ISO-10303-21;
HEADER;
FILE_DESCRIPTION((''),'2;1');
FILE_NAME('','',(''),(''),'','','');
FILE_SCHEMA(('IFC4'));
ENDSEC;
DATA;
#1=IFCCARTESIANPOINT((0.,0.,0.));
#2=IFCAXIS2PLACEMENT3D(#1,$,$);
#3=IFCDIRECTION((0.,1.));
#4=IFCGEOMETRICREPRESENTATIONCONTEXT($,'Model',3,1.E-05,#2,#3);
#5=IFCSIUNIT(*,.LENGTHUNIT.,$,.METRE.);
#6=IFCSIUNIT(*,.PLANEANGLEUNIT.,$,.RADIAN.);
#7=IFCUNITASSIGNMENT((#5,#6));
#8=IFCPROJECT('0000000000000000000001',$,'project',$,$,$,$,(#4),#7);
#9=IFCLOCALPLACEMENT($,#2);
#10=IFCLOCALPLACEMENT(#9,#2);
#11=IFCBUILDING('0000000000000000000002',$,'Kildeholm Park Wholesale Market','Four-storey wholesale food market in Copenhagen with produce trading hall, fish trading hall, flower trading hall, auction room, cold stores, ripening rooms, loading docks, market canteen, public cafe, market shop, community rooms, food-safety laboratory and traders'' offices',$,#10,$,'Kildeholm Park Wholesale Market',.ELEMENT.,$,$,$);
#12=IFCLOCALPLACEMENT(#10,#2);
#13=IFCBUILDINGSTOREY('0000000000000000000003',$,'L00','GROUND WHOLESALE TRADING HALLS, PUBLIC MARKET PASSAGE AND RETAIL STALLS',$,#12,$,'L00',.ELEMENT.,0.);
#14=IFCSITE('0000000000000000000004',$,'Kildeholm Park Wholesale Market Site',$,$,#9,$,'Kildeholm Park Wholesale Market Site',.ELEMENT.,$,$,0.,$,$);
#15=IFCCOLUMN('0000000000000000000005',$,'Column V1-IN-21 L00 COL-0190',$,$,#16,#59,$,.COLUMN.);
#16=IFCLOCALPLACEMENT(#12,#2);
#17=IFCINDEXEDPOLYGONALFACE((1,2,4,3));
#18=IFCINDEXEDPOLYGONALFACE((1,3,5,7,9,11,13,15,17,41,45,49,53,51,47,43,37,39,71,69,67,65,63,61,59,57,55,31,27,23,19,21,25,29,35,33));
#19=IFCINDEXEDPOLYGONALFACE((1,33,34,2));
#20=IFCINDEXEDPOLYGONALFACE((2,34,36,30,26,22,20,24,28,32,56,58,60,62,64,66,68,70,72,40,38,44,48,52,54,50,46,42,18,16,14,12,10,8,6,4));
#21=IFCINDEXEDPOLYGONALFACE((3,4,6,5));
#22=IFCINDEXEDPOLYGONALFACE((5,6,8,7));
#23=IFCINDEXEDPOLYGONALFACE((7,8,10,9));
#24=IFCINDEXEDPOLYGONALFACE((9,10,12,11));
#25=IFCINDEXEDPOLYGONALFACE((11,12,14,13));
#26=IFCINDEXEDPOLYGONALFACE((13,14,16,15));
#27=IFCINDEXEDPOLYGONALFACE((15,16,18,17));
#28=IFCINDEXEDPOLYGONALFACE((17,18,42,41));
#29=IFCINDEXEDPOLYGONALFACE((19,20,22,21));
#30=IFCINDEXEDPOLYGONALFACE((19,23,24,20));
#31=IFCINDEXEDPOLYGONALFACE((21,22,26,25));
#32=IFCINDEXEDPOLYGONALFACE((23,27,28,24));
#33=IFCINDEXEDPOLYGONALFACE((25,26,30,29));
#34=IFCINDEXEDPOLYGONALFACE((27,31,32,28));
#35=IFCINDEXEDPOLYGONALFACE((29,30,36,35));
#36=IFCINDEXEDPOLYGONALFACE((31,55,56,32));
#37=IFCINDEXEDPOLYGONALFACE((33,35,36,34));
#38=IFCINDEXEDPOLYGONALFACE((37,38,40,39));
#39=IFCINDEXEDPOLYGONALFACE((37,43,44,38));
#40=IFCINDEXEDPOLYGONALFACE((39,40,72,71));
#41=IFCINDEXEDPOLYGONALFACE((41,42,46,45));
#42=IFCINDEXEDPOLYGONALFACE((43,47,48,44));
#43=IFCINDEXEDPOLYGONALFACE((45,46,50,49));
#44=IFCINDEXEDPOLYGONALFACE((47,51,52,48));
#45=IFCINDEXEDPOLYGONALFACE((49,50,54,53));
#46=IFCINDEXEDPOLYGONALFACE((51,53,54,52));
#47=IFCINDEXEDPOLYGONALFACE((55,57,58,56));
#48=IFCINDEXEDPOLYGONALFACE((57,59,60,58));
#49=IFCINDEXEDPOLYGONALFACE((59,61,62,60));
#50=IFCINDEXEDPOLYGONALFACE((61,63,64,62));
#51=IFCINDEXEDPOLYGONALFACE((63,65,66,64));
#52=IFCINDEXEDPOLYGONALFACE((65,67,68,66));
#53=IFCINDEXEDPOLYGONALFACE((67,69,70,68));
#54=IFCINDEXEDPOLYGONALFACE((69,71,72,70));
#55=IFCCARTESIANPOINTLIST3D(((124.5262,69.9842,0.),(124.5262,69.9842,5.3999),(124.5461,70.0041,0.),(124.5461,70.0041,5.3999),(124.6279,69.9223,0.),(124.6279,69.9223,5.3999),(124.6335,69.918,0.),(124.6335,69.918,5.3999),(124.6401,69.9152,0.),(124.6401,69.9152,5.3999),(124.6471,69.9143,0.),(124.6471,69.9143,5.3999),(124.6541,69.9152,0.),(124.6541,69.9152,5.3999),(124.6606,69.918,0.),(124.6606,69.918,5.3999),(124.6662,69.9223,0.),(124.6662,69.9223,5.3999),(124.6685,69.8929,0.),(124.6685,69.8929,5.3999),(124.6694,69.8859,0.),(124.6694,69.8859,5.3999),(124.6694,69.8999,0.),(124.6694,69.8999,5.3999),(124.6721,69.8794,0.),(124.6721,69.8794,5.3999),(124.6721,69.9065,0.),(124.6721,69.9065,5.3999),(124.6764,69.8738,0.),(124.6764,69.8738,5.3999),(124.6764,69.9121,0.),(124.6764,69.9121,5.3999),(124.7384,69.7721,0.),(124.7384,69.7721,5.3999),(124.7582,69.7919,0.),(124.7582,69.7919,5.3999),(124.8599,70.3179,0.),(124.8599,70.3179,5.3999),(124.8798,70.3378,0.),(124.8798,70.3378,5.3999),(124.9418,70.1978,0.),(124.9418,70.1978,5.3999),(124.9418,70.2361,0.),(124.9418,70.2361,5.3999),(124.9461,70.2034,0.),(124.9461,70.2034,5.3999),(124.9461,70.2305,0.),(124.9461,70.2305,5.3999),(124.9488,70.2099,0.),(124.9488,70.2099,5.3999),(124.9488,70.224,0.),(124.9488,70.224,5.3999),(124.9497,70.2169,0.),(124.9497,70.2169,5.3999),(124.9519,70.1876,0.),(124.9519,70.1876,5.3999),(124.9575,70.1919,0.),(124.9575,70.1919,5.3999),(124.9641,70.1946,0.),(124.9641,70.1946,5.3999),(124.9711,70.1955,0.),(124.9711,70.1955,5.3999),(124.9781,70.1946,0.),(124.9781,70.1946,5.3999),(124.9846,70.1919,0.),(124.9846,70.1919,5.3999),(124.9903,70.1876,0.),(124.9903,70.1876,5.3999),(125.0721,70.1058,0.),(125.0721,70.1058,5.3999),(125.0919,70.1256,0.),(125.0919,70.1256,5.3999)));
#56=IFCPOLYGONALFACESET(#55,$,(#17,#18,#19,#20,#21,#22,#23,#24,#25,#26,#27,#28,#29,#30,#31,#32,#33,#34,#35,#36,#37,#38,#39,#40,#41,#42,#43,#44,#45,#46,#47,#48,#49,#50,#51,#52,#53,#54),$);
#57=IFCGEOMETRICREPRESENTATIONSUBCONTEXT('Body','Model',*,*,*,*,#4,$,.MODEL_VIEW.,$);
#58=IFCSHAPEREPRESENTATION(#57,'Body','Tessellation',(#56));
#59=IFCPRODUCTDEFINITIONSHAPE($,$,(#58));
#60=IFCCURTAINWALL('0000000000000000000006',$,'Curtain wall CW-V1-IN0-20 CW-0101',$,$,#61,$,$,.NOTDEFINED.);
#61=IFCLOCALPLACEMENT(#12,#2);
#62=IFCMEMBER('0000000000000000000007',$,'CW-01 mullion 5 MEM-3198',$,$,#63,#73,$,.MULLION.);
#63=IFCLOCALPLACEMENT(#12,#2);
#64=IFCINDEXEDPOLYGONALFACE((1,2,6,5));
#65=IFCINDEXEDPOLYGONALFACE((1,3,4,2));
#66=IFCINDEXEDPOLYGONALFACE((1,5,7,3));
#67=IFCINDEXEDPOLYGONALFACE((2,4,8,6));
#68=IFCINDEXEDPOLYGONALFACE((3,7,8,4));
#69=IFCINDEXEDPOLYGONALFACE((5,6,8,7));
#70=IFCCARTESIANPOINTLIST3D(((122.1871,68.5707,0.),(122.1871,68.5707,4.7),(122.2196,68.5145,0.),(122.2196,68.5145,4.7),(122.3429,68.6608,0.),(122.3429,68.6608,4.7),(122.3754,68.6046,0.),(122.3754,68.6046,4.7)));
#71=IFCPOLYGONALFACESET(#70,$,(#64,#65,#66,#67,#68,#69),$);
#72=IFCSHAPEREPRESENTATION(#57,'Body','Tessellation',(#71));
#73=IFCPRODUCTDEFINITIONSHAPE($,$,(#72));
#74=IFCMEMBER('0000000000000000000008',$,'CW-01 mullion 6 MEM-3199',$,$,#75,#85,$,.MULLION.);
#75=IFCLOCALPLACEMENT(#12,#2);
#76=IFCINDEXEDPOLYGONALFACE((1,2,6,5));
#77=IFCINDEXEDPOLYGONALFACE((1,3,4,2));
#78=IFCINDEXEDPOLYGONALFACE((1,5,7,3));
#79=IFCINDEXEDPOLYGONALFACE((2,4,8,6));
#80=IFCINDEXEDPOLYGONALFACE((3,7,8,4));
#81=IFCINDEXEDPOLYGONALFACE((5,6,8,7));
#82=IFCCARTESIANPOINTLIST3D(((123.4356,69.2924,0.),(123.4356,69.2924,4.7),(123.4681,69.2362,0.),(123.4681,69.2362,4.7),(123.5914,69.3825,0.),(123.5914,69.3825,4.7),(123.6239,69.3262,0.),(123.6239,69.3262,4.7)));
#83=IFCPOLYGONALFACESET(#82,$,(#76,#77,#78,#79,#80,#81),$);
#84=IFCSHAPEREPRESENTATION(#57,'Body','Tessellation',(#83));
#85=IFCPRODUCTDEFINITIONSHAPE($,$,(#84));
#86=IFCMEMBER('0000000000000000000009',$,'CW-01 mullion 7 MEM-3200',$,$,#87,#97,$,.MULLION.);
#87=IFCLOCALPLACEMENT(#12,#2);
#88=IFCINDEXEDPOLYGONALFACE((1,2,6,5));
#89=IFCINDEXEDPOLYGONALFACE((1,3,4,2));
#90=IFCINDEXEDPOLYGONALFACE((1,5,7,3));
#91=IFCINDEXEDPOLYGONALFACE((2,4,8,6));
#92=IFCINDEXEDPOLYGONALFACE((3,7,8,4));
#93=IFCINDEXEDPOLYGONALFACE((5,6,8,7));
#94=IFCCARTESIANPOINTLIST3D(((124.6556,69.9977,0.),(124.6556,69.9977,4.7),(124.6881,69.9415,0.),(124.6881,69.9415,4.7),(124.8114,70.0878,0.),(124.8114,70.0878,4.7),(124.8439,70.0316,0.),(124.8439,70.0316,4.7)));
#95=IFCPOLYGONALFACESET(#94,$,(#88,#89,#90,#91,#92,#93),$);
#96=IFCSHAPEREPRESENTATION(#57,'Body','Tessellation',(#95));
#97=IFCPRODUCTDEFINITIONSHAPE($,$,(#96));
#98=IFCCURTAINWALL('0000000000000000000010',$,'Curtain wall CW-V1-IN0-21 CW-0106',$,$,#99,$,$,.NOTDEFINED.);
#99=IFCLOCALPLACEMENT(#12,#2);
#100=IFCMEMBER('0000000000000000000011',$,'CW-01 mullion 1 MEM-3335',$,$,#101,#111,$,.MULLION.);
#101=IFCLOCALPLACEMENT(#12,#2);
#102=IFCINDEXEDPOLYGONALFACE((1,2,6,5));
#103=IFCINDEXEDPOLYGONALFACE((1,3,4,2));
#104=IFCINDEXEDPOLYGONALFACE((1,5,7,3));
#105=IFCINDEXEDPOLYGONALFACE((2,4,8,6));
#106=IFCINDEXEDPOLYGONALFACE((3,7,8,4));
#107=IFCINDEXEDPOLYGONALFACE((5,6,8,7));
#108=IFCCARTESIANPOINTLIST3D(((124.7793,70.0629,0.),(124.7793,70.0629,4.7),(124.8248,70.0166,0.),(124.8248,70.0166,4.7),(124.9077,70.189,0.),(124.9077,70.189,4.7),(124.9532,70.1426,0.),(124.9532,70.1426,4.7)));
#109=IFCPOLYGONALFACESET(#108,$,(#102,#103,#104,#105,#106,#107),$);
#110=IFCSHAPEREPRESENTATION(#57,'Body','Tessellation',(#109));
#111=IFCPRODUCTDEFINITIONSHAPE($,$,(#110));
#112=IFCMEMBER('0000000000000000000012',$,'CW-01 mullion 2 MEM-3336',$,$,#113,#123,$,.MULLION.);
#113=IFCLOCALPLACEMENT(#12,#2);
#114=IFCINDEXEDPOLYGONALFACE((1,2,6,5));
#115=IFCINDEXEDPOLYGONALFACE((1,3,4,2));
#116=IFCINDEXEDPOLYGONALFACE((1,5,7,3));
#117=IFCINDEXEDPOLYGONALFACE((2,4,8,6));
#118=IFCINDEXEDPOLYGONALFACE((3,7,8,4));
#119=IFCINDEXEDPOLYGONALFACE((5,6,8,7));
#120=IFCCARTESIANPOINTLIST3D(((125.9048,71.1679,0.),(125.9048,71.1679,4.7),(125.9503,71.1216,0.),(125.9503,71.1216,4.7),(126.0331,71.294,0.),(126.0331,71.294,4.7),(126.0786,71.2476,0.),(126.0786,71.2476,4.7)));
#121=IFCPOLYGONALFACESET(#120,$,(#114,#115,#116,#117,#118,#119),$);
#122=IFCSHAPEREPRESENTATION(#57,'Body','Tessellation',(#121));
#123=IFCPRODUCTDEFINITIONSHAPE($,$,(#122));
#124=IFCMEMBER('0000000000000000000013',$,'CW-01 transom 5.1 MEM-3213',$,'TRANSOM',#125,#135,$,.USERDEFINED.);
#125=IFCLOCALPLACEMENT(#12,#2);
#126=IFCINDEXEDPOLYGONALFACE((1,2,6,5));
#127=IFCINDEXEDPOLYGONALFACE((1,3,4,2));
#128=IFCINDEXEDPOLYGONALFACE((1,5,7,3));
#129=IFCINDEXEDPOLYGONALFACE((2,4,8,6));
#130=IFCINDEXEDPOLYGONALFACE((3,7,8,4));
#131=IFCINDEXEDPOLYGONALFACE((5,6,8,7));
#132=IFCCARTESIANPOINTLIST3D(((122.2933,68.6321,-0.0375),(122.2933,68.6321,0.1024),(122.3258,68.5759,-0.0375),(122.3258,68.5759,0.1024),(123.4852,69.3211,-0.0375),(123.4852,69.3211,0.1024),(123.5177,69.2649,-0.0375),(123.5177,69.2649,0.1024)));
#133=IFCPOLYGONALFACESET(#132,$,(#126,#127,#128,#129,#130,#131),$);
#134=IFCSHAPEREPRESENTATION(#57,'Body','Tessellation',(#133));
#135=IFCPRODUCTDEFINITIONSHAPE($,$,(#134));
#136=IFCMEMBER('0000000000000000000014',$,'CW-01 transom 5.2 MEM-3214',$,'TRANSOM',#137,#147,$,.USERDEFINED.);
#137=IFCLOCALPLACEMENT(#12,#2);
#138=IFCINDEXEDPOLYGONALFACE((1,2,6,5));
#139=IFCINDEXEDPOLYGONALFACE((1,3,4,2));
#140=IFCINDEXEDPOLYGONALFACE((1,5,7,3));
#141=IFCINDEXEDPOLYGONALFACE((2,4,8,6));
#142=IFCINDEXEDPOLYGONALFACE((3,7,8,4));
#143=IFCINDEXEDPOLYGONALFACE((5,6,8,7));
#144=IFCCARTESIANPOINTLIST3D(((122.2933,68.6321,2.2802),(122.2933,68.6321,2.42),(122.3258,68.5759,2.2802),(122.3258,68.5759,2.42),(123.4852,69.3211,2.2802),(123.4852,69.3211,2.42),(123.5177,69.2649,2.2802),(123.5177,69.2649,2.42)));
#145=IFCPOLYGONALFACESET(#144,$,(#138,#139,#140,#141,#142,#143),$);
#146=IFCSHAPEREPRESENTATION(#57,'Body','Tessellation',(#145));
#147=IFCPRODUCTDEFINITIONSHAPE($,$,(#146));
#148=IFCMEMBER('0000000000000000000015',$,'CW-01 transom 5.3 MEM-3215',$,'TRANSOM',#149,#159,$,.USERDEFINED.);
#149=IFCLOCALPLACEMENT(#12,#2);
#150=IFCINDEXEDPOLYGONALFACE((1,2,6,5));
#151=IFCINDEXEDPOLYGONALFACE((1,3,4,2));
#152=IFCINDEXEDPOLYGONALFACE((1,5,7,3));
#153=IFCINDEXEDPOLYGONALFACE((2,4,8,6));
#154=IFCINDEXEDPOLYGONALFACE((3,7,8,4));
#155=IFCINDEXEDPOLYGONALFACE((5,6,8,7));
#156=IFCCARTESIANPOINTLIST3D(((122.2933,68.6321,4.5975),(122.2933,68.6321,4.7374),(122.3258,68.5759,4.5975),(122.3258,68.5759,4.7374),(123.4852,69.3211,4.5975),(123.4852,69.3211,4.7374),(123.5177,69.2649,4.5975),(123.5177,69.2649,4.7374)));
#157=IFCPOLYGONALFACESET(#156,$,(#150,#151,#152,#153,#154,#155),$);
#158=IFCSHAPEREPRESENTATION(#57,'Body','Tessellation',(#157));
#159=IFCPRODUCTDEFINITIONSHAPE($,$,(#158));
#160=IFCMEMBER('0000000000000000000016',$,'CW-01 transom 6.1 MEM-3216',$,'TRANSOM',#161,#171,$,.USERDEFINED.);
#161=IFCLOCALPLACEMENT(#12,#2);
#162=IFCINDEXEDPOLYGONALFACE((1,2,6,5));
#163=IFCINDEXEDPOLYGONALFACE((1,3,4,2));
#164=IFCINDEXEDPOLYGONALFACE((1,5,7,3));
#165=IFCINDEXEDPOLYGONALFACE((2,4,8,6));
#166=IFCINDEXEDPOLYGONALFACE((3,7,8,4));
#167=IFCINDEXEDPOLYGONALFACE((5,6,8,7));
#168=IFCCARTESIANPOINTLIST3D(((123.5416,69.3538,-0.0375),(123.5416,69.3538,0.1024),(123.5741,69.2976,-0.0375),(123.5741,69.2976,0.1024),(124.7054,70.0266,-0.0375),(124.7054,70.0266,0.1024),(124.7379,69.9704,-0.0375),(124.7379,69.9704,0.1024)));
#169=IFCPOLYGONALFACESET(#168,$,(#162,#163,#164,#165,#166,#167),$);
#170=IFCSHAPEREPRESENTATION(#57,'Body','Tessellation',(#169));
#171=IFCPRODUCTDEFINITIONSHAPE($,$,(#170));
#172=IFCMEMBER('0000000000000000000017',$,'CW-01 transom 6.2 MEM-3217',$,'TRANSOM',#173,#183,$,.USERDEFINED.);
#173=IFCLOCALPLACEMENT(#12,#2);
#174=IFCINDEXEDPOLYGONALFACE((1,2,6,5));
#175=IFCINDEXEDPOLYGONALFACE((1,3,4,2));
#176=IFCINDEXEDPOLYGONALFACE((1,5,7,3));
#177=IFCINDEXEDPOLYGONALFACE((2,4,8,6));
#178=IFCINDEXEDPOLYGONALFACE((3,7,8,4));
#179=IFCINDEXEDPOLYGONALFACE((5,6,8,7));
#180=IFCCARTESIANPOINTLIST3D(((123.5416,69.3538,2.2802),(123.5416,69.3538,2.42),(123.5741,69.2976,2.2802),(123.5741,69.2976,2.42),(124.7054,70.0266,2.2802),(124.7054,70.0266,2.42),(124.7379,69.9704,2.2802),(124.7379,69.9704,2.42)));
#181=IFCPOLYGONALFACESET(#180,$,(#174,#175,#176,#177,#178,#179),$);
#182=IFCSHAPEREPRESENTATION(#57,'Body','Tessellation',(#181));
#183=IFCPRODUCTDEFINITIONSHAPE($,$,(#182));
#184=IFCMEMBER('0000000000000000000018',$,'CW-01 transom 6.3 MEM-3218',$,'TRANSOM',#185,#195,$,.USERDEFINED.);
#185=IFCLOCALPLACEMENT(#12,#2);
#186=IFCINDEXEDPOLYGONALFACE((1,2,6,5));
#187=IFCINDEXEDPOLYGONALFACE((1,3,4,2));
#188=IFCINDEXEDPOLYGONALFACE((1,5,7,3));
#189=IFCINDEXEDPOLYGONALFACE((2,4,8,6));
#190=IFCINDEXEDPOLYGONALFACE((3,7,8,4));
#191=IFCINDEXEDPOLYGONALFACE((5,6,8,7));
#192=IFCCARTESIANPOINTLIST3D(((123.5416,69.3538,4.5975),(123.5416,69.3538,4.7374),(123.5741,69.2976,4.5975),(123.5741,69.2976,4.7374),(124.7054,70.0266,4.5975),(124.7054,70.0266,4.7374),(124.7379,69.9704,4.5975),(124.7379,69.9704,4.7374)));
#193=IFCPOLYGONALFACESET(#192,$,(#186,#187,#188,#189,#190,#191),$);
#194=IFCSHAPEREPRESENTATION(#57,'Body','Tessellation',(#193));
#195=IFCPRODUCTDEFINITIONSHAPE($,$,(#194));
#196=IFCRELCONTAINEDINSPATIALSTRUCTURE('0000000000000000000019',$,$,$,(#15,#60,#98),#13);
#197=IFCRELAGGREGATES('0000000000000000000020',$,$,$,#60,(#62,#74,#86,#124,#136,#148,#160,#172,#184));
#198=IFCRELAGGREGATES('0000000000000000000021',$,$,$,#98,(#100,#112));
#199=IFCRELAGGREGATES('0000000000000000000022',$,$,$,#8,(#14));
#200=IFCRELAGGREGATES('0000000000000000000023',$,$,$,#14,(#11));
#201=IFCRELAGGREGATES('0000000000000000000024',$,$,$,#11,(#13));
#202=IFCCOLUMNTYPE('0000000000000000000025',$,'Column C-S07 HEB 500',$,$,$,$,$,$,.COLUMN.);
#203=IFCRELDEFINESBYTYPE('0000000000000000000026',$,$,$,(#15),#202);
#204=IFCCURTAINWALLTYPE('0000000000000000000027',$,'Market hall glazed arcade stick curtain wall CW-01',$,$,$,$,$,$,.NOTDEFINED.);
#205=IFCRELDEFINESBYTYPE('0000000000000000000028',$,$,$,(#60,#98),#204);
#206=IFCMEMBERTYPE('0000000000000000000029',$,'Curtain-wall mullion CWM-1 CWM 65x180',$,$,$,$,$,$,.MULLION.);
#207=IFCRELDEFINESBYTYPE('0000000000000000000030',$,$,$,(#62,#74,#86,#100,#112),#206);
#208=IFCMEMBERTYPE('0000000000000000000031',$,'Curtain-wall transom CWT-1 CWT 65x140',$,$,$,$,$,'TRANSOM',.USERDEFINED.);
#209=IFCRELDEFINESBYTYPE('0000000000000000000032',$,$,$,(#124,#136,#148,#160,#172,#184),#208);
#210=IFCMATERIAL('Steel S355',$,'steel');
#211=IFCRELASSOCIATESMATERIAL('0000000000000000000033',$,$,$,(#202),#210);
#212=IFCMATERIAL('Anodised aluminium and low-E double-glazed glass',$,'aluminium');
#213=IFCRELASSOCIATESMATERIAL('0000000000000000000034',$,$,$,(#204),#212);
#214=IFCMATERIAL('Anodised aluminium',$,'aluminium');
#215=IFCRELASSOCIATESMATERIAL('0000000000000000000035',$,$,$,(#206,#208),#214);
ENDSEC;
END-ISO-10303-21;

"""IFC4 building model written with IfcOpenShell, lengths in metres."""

from ifc_helpers import new_model, si_unit, direction, frame, origin, origin_2d, place, context, subcontext, project, spatial, rectangle, i_section, extrude, material, material_profile, profile_set, type_object, element, aggregate, save


model = new_model("IFC4")

# Units and contexts
model_context = context("Model", 3, precision=1e-05, world=origin(), true_north=direction((0.0, 1.0)))
body_context = subcontext(model_context, "Body", "Model", "MODEL_VIEW")
ifc_project = project(units=[si_unit("LENGTHUNIT", "METRE"), si_unit("PLANEANGLEUNIT", "RADIAN")], contexts=[model_context])

# Site, building, storey
site_placement = place(None, origin())
site = spatial("IfcSite", under=ifc_project, at=site_placement, Name="Kildeholm Park Wholesale Market Site", LongName="Kildeholm Park Wholesale Market Site", CompositionType="ELEMENT", RefElevation=0.0)
building_placement = place(site_placement, origin())
building = spatial("IfcBuilding", under=site, at=building_placement, Name="Kildeholm Park Wholesale Market", Description="Four-storey wholesale food market in Copenhagen with produce trading hall, fish trading hall, flower trading hall, auction room, cold stores, ripening rooms, loading docks, market canteen, public cafe, market shop, community rooms, food-safety laboratory and traders' offices", LongName="Kildeholm Park Wholesale Market", CompositionType="ELEMENT")
storey_placement = place(building_placement, origin())
storey = spatial("IfcBuildingStorey", under=building, at=storey_placement, Name="L00", Description="GROUND WHOLESALE TRADING HALLS, PUBLIC MARKET PASSAGE AND RETAIL STALLS", LongName="L00", CompositionType="ELEMENT", Elevation=0.0)

# Column
ifc_material_1 = material(Name="Steel S355", Category="steel")
ifc_material_profile_1 = material_profile(ifc_material_1, i_section(OverallWidth=0.3, OverallDepth=0.5, WebThickness=0.0144, FlangeThickness=0.0281, FilletRadius=0.0271, at=origin_2d()), Name="HEB 500")
ifc_profile_set_1 = profile_set([ifc_material_profile_1], Name="Steel S355")
column_type = type_object("IfcColumnType", Name="Column C-S07 HEB 500", PredefinedType="COLUMN", material=ifc_profile_set_1)
column_placement = place(storey_placement, frame((124.8091, 70.0549, 0.0), z_axis=(0.0, 0.0, 1.0), x_axis=(0.707107, -0.707107, 0.0)))
element("IfcColumn", 1, at=column_placement, inside=storey, type_object=column_type, Name="Column V1-IN-21 L00 COL-0190", PredefinedType="COLUMN", context=body_context, shape_type="SweptSolid", body=[
    extrude(i_section(OverallWidth=0.3, OverallDepth=0.5, WebThickness=0.0144, FlangeThickness=0.0281, FilletRadius=0.0271, at=origin_2d()), origin(), (0.0, 0.0, 1.0), 5.3999),
])

# Curtain walls, members
ifc_material_2 = material(Name="Anodised aluminium and low-E double-glazed glass", Category="aluminium")
curtain_wall_type = type_object("IfcCurtainWallType", Name="Market hall glazed arcade stick curtain wall CW-01", PredefinedType="NOTDEFINED", material=ifc_material_2)
curtain_wall_1_placement = place(storey_placement, origin())
curtain_wall_1 = element("IfcCurtainWall", 2, at=curtain_wall_1_placement, inside=storey, type_object=curtain_wall_type, Name="Curtain wall CW-V1-IN0-20 CW-0101", PredefinedType="NOTDEFINED")
ifc_material_3 = material(Name="Anodised aluminium", Category="aluminium")
ifc_material_profile_2 = material_profile(ifc_material_3, rectangle(XDim=0.0649, YDim=0.1799, at=origin_2d()), Name="CWM 65x180")
ifc_profile_set_2 = profile_set([ifc_material_profile_2], Name="Anodised aluminium")
member_type_1 = type_object("IfcMemberType", Name="Curtain-wall mullion CWM-1 CWM 65x180", PredefinedType="MULLION", material=ifc_profile_set_2)
member_1_placement = place(storey_placement, frame((122.2812, 68.5876, 0.0), z_axis=(0.0, 0.0, 1.0), x_axis=(-0.500489, 0.865743, 0.0)))
member_1 = element("IfcMember", 3, at=member_1_placement, type_object=member_type_1, Name="CW-01 mullion 5 MEM-3198", PredefinedType="MULLION", context=body_context, shape_type="SweptSolid", body=[
    extrude(rectangle(XDim=0.0649, YDim=0.1799, at=origin_2d()), origin(), (0.0, 0.0, 1.0), 4.7),
])
member_2_placement = place(storey_placement, frame((123.5298, 69.3093, 0.0), z_axis=(0.0, 0.0, 1.0), x_axis=(-0.500489, 0.865743, 0.0)))
member_2 = element("IfcMember", 4, at=member_2_placement, type_object=member_type_1, Name="CW-01 mullion 6 MEM-3199", PredefinedType="MULLION", context=body_context, shape_type="SweptSolid", body=[
    extrude(rectangle(XDim=0.0649, YDim=0.1799, at=origin_2d()), origin(), (0.0, 0.0, 1.0), 4.7),
])
member_3_placement = place(storey_placement, frame((124.7498, 70.0146, 0.0), z_axis=(0.0, 0.0, 1.0), x_axis=(-0.500489, 0.865743, 0.0)))
member_3 = element("IfcMember", 5, at=member_3_placement, type_object=member_type_1, Name="CW-01 mullion 7 MEM-3200", PredefinedType="MULLION", context=body_context, shape_type="SweptSolid", body=[
    extrude(rectangle(XDim=0.0649, YDim=0.1799, at=origin_2d()), origin(), (0.0, 0.0, 1.0), 4.7),
])
curtain_wall_2_placement = place(storey_placement, origin())
curtain_wall_2 = element("IfcCurtainWall", 6, at=curtain_wall_2_placement, inside=storey, type_object=curtain_wall_type, Name="Curtain wall CW-V1-IN0-21 CW-0106", PredefinedType="NOTDEFINED")
member_4_placement = place(storey_placement, frame((124.8662, 70.1028, 0.0), z_axis=(0.0, 0.0, 1.0), x_axis=(-0.700617, 0.713538, 0.0)))
member_4 = element("IfcMember", 7, at=member_4_placement, type_object=member_type_1, Name="CW-01 mullion 1 MEM-3335", PredefinedType="MULLION", context=body_context, shape_type="SweptSolid", body=[
    extrude(rectangle(XDim=0.0649, YDim=0.1799, at=origin_2d()), origin(), (0.0, 0.0, 1.0), 4.7),
])
member_5_placement = place(storey_placement, frame((125.9917, 71.2078, 0.0), z_axis=(0.0, 0.0, 1.0), x_axis=(-0.700617, 0.713538, 0.0)))
member_5 = element("IfcMember", 8, at=member_5_placement, type_object=member_type_1, Name="CW-01 mullion 2 MEM-3336", PredefinedType="MULLION", context=body_context, shape_type="SweptSolid", body=[
    extrude(rectangle(XDim=0.0649, YDim=0.1799, at=origin_2d()), origin(), (0.0, 0.0, 1.0), 4.7),
])

# Members
ifc_material_profile_3 = material_profile(ifc_material_3, rectangle(XDim=0.0649, YDim=0.1399, at=origin_2d()), Name="CWT 65x140")
ifc_profile_set_3 = profile_set([ifc_material_profile_3], Name="Anodised aluminium")
member_type_2 = type_object("IfcMemberType", Name="Curtain-wall transom CWT-1 CWT 65x140", ElementType="TRANSOM", PredefinedType="USERDEFINED", material=ifc_profile_set_3)
member_6_placement = place(storey_placement, frame((122.3096, 68.604, 0.0325), z_axis=(0.865766, 0.500449, 0.0), x_axis=(-0.500449, 0.865766, 0.0)))
member_6 = element("IfcMember", 9, at=member_6_placement, type_object=member_type_2, Name="CW-01 transom 5.1 MEM-3213", ObjectType="TRANSOM", PredefinedType="USERDEFINED", context=body_context, shape_type="SweptSolid", body=[
    extrude(rectangle(XDim=0.0649, YDim=0.1399, at=origin_2d()), origin(), (0.0, 0.0, 1.0), 1.3767),
])
member_7_placement = place(storey_placement, frame((122.3096, 68.604, 2.3501), z_axis=(0.865766, 0.500449, 0.0), x_axis=(-0.500449, 0.865766, 0.0)))
member_7 = element("IfcMember", 10, at=member_7_placement, type_object=member_type_2, Name="CW-01 transom 5.2 MEM-3214", ObjectType="TRANSOM", PredefinedType="USERDEFINED", context=body_context, shape_type="SweptSolid", body=[
    extrude(rectangle(XDim=0.0649, YDim=0.1399, at=origin_2d()), origin(), (0.0, 0.0, 1.0), 1.3767),
])
member_8_placement = place(storey_placement, frame((122.3096, 68.604, 4.6675), z_axis=(0.865766, 0.500449, 0.0), x_axis=(-0.500449, 0.865766, 0.0)))
member_8 = element("IfcMember", 11, at=member_8_placement, type_object=member_type_2, Name="CW-01 transom 5.3 MEM-3215", ObjectType="TRANSOM", PredefinedType="USERDEFINED", context=body_context, shape_type="SweptSolid", body=[
    extrude(rectangle(XDim=0.0649, YDim=0.1399, at=origin_2d()), origin(), (0.0, 0.0, 1.0), 1.3767),
])
member_9_placement = place(storey_placement, frame((123.5579, 69.3257, 0.0325), z_axis=(0.865729, 0.500514, 0.0), x_axis=(-0.500514, 0.865729, 0.0)))
member_9 = element("IfcMember", 12, at=member_9_placement, type_object=member_type_2, Name="CW-01 transom 6.1 MEM-3216", ObjectType="TRANSOM", PredefinedType="USERDEFINED", context=body_context, shape_type="SweptSolid", body=[
    extrude(rectangle(XDim=0.0649, YDim=0.1399, at=origin_2d()), origin(), (0.0, 0.0, 1.0), 1.3442),
])
member_10_placement = place(storey_placement, frame((123.5579, 69.3257, 2.3501), z_axis=(0.865729, 0.500514, 0.0), x_axis=(-0.500514, 0.865729, 0.0)))
member_10 = element("IfcMember", 13, at=member_10_placement, type_object=member_type_2, Name="CW-01 transom 6.2 MEM-3217", ObjectType="TRANSOM", PredefinedType="USERDEFINED", context=body_context, shape_type="SweptSolid", body=[
    extrude(rectangle(XDim=0.0649, YDim=0.1399, at=origin_2d()), origin(), (0.0, 0.0, 1.0), 1.3442),
])
member_11_placement = place(storey_placement, frame((123.5579, 69.3257, 4.6675), z_axis=(0.865729, 0.500514, 0.0), x_axis=(-0.500514, 0.865729, 0.0)))
member_11 = element("IfcMember", 14, at=member_11_placement, type_object=member_type_2, Name="CW-01 transom 6.3 MEM-3218", ObjectType="TRANSOM", PredefinedType="USERDEFINED", context=body_context, shape_type="SweptSolid", body=[
    extrude(rectangle(XDim=0.0649, YDim=0.1399, at=origin_2d()), origin(), (0.0, 0.0, 1.0), 1.3442),
])

aggregate(curtain_wall_1, [member_1, member_2, member_3, member_6, member_7, member_8, member_9, member_10, member_11])
aggregate(curtain_wall_2, [member_4, member_5])

save(model, "model.ifc")
